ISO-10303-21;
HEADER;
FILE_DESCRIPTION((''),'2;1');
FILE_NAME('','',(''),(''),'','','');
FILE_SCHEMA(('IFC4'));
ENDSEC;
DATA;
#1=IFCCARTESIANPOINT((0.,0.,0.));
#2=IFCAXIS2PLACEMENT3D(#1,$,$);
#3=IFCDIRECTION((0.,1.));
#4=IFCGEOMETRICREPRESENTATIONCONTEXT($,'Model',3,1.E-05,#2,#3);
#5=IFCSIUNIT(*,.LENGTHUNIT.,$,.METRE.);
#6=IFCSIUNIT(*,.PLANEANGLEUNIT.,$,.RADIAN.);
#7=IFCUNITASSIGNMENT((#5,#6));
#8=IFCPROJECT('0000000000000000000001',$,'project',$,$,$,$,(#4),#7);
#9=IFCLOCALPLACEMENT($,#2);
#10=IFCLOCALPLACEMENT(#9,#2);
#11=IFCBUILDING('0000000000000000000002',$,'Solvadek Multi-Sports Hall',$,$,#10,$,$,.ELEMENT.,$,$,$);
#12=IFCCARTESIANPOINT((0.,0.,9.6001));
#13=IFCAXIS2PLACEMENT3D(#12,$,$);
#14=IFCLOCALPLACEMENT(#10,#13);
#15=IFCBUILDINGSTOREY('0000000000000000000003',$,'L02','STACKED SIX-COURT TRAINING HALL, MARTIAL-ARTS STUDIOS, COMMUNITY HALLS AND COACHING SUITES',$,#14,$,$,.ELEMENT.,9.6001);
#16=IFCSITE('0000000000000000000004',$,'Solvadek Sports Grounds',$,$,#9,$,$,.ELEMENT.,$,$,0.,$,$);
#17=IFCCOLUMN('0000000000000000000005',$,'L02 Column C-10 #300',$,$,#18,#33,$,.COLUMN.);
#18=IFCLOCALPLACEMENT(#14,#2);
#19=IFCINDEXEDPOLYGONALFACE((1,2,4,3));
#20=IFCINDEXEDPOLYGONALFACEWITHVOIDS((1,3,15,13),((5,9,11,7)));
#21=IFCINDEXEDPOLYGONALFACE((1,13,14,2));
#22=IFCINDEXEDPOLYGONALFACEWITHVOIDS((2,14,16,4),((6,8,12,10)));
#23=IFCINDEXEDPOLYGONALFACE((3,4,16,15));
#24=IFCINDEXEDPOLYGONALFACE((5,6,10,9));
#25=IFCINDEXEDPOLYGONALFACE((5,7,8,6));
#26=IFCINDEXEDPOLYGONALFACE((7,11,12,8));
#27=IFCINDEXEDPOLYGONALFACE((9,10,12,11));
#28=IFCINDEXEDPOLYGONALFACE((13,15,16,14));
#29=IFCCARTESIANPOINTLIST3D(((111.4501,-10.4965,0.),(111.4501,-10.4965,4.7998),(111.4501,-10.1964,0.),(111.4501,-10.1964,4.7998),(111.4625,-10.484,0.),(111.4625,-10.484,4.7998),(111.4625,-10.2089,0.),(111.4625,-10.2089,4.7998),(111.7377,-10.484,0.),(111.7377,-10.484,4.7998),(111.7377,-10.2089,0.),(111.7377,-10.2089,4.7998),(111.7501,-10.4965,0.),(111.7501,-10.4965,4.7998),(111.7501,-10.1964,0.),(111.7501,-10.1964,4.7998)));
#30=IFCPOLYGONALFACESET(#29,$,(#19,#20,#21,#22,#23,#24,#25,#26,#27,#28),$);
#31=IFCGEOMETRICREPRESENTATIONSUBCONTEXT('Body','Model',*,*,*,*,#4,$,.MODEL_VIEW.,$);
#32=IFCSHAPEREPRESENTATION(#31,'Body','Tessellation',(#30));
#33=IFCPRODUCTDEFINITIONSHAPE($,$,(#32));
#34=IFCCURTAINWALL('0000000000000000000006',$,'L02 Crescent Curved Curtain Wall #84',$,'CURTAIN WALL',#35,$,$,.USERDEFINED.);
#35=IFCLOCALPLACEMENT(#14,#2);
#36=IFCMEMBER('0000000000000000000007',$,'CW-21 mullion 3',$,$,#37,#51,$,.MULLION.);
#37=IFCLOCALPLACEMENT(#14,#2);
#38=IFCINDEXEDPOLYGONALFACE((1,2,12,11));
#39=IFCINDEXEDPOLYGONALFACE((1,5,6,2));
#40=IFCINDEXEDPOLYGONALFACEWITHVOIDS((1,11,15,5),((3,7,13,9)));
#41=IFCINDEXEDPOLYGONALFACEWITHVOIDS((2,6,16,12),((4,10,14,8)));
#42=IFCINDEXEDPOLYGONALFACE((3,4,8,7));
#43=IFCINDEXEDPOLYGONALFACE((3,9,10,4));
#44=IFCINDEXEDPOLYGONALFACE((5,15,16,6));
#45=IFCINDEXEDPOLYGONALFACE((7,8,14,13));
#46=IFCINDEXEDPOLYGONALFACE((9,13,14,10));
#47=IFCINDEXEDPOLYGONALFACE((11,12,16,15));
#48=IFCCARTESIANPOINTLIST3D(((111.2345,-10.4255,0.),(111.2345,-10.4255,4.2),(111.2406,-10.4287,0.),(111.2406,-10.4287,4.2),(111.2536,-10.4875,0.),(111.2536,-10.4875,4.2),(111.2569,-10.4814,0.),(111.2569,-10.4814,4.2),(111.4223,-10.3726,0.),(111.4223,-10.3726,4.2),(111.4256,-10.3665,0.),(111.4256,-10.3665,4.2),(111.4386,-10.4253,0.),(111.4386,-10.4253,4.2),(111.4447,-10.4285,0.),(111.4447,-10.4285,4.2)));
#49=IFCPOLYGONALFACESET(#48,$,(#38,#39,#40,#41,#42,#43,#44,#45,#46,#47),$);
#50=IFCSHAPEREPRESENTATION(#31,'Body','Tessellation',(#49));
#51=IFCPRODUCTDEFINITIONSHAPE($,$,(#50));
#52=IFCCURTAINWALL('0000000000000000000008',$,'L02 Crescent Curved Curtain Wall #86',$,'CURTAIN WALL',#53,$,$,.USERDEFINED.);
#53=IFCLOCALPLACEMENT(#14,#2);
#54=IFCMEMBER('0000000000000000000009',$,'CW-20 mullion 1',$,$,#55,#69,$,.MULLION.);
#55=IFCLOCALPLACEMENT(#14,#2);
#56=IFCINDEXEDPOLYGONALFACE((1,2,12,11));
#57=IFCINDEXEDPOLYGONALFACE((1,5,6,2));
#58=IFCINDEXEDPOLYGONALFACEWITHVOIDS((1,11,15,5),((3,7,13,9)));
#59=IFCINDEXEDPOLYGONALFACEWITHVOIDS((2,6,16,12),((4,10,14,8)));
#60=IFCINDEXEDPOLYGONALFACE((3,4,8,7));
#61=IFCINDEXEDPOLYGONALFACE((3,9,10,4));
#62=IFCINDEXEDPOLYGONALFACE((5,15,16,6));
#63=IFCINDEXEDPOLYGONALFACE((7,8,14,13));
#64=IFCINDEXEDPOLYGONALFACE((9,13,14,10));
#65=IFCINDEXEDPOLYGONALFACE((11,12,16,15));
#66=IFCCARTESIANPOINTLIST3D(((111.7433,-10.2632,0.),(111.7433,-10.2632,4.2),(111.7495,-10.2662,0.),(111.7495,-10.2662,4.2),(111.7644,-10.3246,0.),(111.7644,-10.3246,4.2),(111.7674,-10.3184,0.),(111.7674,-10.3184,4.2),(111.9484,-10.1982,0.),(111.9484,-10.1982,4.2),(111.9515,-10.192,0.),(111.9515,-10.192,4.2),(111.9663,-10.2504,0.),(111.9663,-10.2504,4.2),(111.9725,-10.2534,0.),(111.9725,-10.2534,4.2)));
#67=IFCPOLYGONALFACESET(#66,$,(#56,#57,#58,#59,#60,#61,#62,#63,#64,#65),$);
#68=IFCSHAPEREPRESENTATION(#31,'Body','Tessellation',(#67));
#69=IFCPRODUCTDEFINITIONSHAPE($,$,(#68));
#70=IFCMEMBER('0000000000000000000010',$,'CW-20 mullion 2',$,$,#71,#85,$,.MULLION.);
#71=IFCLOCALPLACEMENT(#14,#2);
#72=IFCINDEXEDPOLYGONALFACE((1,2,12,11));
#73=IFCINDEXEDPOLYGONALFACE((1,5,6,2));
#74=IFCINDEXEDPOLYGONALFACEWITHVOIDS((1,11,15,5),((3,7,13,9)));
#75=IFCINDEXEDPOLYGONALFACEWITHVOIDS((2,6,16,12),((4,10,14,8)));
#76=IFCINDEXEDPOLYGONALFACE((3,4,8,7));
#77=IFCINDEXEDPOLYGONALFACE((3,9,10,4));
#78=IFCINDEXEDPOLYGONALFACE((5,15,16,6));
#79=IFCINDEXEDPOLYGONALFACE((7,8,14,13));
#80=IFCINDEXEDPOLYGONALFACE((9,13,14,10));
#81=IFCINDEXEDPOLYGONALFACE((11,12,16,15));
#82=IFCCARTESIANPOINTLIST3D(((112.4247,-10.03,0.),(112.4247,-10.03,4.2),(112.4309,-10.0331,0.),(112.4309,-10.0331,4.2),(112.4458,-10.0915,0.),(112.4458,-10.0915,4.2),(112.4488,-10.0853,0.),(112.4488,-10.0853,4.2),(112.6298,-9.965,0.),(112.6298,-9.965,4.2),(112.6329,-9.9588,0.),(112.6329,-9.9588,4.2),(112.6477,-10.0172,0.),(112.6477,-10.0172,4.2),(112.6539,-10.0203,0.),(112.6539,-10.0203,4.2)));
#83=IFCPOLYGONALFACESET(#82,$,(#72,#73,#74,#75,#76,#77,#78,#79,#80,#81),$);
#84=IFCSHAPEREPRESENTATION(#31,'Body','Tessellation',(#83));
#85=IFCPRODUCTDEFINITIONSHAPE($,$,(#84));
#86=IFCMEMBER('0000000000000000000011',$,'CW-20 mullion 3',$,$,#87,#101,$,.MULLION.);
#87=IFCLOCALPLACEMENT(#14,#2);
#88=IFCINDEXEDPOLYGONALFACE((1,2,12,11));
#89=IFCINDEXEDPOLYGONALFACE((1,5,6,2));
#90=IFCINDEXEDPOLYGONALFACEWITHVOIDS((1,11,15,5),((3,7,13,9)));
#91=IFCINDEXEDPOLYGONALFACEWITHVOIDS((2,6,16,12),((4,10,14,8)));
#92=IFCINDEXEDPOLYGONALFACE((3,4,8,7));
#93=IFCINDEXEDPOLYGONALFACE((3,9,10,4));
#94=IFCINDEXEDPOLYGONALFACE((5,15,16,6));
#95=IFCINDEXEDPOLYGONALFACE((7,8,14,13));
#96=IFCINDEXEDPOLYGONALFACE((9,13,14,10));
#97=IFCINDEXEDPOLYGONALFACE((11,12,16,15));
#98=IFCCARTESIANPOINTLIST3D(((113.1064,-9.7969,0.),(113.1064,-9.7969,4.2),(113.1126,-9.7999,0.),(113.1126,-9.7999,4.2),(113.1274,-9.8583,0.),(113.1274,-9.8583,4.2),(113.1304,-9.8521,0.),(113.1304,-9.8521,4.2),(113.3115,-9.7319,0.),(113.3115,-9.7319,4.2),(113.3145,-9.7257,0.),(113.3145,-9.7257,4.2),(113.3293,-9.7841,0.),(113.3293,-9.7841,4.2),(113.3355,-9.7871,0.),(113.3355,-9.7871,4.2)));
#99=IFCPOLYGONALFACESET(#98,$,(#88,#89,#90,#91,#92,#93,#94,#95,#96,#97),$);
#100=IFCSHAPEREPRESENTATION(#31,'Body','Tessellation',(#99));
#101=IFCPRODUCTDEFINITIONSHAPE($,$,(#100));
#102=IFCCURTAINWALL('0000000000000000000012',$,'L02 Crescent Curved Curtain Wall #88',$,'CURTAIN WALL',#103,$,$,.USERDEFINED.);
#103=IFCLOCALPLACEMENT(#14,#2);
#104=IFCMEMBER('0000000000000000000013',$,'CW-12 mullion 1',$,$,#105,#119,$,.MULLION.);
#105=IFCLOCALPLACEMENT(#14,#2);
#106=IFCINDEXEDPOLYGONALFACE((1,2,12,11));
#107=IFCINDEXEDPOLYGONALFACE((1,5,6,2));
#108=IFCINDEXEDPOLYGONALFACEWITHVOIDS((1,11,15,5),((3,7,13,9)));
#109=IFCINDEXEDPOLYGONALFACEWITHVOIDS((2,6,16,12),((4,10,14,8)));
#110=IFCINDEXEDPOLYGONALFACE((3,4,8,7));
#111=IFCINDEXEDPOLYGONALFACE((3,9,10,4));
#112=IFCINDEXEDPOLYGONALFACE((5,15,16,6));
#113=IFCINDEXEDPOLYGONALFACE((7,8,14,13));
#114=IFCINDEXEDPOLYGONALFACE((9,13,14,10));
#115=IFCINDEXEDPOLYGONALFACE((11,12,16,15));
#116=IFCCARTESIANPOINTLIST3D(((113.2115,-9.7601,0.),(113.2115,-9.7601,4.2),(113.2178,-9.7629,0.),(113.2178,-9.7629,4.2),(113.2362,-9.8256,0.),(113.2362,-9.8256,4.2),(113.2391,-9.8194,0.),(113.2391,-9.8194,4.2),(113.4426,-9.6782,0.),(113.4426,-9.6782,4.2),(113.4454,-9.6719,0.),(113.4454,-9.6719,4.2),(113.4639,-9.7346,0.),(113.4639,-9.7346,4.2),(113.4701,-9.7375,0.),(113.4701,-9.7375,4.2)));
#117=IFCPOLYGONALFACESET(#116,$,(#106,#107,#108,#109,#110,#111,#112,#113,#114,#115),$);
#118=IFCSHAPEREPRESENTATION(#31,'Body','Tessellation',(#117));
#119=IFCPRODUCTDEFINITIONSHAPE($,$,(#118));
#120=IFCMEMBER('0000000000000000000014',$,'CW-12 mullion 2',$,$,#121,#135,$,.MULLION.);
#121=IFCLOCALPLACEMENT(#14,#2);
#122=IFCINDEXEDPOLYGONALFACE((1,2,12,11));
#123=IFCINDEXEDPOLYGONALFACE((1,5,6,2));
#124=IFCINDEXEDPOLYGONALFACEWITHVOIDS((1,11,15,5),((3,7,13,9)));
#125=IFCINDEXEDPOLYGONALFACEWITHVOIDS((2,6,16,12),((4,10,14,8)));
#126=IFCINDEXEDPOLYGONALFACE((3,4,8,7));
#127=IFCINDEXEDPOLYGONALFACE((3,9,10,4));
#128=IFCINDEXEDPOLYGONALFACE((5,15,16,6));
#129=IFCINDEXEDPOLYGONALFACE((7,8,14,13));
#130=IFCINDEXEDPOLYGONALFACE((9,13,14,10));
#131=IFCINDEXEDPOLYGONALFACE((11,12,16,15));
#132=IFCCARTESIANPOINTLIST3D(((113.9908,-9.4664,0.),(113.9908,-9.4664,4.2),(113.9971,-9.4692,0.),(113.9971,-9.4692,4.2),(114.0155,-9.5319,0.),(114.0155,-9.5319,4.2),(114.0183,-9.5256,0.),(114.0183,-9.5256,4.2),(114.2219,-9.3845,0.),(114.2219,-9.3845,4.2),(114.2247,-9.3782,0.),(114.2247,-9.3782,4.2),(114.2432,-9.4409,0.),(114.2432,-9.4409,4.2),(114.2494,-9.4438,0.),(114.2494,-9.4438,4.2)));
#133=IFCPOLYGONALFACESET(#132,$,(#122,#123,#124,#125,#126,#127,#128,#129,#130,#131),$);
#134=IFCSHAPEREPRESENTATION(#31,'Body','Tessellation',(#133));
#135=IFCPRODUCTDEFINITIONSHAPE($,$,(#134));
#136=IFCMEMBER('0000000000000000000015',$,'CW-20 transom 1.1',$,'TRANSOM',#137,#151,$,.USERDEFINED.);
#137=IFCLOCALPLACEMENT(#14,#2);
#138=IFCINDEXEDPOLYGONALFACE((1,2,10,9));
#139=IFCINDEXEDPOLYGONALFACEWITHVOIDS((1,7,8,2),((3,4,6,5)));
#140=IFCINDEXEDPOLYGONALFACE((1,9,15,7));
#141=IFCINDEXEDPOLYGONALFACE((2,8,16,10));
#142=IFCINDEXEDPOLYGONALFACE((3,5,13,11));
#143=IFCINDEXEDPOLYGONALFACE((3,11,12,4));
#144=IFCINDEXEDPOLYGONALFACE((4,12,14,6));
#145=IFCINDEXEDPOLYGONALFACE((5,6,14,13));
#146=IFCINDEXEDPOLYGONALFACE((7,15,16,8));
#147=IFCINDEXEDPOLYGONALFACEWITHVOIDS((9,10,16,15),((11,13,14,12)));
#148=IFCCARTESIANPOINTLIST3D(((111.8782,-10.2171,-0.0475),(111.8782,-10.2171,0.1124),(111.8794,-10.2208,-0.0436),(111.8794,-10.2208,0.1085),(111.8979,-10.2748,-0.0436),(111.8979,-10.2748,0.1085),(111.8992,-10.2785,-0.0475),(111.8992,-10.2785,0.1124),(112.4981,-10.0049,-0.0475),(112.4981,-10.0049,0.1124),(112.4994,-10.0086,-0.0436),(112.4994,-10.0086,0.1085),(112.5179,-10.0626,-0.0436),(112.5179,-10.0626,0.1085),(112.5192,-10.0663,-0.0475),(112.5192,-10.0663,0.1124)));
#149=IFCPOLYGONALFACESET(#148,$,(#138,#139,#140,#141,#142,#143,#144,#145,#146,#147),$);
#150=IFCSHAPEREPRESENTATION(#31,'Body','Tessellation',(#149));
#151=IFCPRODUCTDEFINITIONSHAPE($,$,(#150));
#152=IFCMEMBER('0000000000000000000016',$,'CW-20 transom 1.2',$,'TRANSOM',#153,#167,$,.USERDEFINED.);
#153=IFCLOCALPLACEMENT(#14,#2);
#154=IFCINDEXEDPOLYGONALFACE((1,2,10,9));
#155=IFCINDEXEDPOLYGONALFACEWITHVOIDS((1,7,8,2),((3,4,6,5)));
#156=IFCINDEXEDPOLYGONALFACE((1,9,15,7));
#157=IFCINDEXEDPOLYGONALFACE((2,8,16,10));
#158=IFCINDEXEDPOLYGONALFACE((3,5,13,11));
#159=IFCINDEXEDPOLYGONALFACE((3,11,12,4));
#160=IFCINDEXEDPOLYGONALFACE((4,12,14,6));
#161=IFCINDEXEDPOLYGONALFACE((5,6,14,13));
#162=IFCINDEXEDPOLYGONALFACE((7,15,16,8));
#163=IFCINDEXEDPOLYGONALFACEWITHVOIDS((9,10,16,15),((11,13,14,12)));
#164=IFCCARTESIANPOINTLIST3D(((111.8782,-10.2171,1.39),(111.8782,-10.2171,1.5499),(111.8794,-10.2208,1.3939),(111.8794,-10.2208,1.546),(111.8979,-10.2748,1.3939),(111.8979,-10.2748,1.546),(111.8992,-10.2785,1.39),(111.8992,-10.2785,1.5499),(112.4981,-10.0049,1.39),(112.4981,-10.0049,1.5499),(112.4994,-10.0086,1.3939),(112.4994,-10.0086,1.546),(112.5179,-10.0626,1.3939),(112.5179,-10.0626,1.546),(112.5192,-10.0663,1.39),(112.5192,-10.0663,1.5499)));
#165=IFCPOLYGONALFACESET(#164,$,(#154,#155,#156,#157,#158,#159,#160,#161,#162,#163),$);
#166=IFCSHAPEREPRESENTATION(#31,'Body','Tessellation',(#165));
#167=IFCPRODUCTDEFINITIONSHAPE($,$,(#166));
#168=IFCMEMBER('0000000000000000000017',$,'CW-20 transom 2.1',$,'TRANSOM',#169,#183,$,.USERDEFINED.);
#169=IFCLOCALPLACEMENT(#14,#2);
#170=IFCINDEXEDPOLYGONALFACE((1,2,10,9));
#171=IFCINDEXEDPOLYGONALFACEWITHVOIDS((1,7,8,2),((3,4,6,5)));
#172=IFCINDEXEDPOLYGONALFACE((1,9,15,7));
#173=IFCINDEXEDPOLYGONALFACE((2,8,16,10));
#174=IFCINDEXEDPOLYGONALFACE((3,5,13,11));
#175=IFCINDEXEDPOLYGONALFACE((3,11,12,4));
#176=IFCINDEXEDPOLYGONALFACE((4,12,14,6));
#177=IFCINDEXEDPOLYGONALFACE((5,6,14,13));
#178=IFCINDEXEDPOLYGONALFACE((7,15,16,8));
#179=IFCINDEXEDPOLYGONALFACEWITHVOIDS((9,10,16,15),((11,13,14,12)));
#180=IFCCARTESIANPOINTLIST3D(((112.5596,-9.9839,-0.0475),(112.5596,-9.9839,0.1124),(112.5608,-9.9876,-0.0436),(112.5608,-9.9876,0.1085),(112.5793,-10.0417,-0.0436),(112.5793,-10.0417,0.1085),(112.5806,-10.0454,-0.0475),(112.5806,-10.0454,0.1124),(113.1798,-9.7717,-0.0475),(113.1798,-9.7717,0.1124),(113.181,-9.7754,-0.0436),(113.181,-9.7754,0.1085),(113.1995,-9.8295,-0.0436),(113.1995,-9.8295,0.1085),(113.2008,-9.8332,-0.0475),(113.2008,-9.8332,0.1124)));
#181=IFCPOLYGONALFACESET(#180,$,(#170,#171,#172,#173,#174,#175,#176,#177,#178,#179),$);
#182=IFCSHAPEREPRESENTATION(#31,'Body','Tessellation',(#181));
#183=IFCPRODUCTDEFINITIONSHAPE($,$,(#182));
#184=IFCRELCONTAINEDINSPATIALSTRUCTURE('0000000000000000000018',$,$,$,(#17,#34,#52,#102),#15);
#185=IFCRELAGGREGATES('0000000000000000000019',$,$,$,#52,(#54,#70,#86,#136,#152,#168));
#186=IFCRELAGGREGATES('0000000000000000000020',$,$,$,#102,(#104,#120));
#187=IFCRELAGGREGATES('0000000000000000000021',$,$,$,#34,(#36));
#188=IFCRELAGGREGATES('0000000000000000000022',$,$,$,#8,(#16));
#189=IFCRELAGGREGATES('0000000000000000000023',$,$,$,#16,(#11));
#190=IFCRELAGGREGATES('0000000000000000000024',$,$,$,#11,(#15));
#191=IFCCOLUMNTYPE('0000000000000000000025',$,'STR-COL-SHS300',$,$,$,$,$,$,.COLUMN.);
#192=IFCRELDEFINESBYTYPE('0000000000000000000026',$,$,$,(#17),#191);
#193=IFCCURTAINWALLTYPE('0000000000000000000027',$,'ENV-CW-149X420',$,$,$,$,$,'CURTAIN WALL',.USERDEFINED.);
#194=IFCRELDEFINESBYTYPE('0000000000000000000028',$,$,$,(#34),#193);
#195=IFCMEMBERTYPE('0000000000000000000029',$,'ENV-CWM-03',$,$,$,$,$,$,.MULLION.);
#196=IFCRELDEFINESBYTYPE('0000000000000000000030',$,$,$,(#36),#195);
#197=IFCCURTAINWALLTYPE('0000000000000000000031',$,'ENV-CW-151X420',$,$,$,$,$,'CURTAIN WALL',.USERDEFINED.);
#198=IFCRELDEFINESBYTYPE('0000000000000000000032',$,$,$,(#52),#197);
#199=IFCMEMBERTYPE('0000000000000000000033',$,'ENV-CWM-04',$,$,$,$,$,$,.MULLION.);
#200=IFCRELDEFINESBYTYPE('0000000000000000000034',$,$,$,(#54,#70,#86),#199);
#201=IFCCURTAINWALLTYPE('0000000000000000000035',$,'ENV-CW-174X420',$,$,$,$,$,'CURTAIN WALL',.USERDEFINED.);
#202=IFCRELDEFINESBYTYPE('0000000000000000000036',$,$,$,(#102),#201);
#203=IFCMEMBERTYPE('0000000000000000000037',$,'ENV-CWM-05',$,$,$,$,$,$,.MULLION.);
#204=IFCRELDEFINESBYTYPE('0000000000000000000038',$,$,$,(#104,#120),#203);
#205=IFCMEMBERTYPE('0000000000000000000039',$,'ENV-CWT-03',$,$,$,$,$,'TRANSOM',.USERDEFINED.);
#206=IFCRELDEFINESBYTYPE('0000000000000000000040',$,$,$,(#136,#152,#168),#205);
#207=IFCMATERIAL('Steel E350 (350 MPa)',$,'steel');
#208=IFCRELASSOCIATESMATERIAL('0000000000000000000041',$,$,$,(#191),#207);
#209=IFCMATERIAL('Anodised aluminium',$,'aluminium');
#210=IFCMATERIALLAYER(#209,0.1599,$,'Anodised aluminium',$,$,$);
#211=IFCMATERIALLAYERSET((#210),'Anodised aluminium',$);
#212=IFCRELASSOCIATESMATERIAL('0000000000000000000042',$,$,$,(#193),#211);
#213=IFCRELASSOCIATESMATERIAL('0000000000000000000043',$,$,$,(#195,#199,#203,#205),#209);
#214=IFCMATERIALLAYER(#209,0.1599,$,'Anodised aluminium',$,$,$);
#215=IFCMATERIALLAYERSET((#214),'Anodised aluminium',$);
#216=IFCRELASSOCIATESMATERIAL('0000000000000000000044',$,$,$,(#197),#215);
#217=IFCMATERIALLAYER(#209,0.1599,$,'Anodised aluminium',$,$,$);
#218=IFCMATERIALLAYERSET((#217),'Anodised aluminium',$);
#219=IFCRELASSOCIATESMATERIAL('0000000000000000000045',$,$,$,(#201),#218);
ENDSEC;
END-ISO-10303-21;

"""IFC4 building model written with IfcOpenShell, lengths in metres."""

from ifc_helpers import new_model, si_unit, direction, frame, origin, origin_2d, place, context, subcontext, project, spatial, hollow_rectangle, extrude, material, layer, layer_set, material_profile, profile_set, type_object, element, aggregate, save


model = new_model("IFC4")

# Units and contexts
model_context = context("Model", 3, precision=1e-05, world=origin(), true_north=direction((0.0, 1.0)))
body_context = subcontext(model_context, "Body", "Model", "MODEL_VIEW")
ifc_project = project(units=[si_unit("LENGTHUNIT", "METRE"), si_unit("PLANEANGLEUNIT", "RADIAN")], contexts=[model_context])

# Site, building, storey
site_placement = place(None, origin())
site = spatial("IfcSite", under=ifc_project, at=site_placement, Name="Solvadek Sports Grounds", CompositionType="ELEMENT", RefElevation=0.0)
building_placement = place(site_placement, origin())
building = spatial("IfcBuilding", under=site, at=building_placement, Name="Solvadek Multi-Sports Hall", CompositionType="ELEMENT")
storey_placement = place(building_placement, frame((0.0, 0.0, 9.6001)))
storey = spatial("IfcBuildingStorey", under=building, at=storey_placement, Name="L02", Description="STACKED SIX-COURT TRAINING HALL, MARTIAL-ARTS STUDIOS, COMMUNITY HALLS AND COACHING SUITES", CompositionType="ELEMENT", Elevation=9.6001)

# Column
ifc_material_1 = material(Name="Steel E350 (350 MPa)", Category="steel")
ifc_material_profile_1 = material_profile(ifc_material_1, hollow_rectangle(XDim=0.3, YDim=0.3, WallThickness=0.0125, at=origin_2d()), Name="SHS 300x300x12.5")
ifc_profile_set_1 = profile_set([ifc_material_profile_1], Name="Steel E350 (350 MPa)")
column_type = type_object("IfcColumnType", Name="STR-COL-SHS300", PredefinedType="COLUMN", material=ifc_profile_set_1)
column_placement = place(storey_placement, frame((111.6001, -10.3464, 0.0), z_axis=(0.0, 0.0, 1.0), x_axis=(1.0, 0.0, 0.0)))
element("IfcColumn", 1, at=column_placement, inside=storey, type_object=column_type, Name="L02 Column C-10 #300", PredefinedType="COLUMN", context=body_context, shape_type="SweptSolid", body=[
    extrude(hollow_rectangle(XDim=0.3, YDim=0.3, WallThickness=0.0125, at=origin_2d()), origin(), (0.0, 0.0, 1.0), 4.7998),
])

# Curtain wall, member
ifc_material_2 = material(Name="Anodised aluminium", Category="aluminium")
ifc_layer_1 = layer(ifc_material_2, 0.1599, Name="Anodised aluminium")
ifc_layer_set_1 = layer_set([ifc_layer_1], Name="Anodised aluminium")
curtain_wall_type_1 = type_object("IfcCurtainWallType", Name="ENV-CW-149X420", ElementType="CURTAIN WALL", PredefinedType="USERDEFINED", material=ifc_layer_set_1)
curtain_wall_1_placement = place(storey_placement, origin())
curtain_wall_1 = element("IfcCurtainWall", 2, at=curtain_wall_1_placement, inside=storey, type_object=curtain_wall_type_1, Name="L02 Crescent Curved Curtain Wall #84", ObjectType="CURTAIN WALL", PredefinedType="USERDEFINED")
ifc_material_profile_2 = material_profile(ifc_material_2, hollow_rectangle(XDim=0.0649, YDim=0.2, WallThickness=0.0049, at=origin_2d()), Name="ALU-M 200x65x5")
ifc_profile_set_2 = profile_set([ifc_material_profile_2], Name="Anodised aluminium")
member_type_1 = type_object("IfcMemberType", Name="ENV-CWM-03", PredefinedType="MULLION", material=ifc_profile_set_2)
member_1_placement = place(storey_placement, frame((111.3396, -10.427, 0.0), z_axis=(0.0, 0.0, 1.0), x_axis=(-0.294922, 0.955521, 0.0)))
member_1 = element("IfcMember", 3, at=member_1_placement, type_object=member_type_1, Name="CW-21 mullion 3", PredefinedType="MULLION", context=body_context, shape_type="SweptSolid", body=[
    extrude(hollow_rectangle(XDim=0.0649, YDim=0.2, WallThickness=0.0049, at=origin_2d()), origin(), (0.0, 0.0, 1.0), 4.2),
])

# Curtain walls, members
ifc_layer_2 = layer(ifc_material_2, 0.1599, Name="Anodised aluminium")
ifc_layer_set_2 = layer_set([ifc_layer_2], Name="Anodised aluminium")
curtain_wall_type_2 = type_object("IfcCurtainWallType", Name="ENV-CW-151X420", ElementType="CURTAIN WALL", PredefinedType="USERDEFINED", material=ifc_layer_set_2)
curtain_wall_2_placement = place(storey_placement, origin())
curtain_wall_2 = element("IfcCurtainWall", 4, at=curtain_wall_2_placement, inside=storey, type_object=curtain_wall_type_2, Name="L02 Crescent Curved Curtain Wall #86", ObjectType="CURTAIN WALL", PredefinedType="USERDEFINED")
ifc_material_profile_3 = material_profile(ifc_material_2, hollow_rectangle(XDim=0.0649, YDim=0.22, WallThickness=0.0049, at=origin_2d()), Name="ALU-M 220x65x5")
ifc_profile_set_3 = profile_set([ifc_material_profile_3], Name="Anodised aluminium")
member_type_2 = type_object("IfcMemberType", Name="ENV-CWM-04", PredefinedType="MULLION", material=ifc_profile_set_3)
member_2_placement = place(storey_placement, frame((111.8579, -10.2583, 0.0), z_axis=(0.0, 0.0, 1.0), x_axis=(-0.32373, 0.94615, 0.0)))
member_2 = element("IfcMember", 5, at=member_2_placement, type_object=member_type_2, Name="CW-20 mullion 1", PredefinedType="MULLION", context=body_context, shape_type="SweptSolid", body=[
    extrude(hollow_rectangle(XDim=0.0649, YDim=0.22, WallThickness=0.0049, at=origin_2d()), origin(), (0.0, 0.0, 1.0), 4.2),
])
member_3_placement = place(storey_placement, frame((112.5393, -10.0251, 0.0), z_axis=(0.0, 0.0, 1.0), x_axis=(-0.32373, 0.94615, 0.0)))
member_3 = element("IfcMember", 6, at=member_3_placement, type_object=member_type_2, Name="CW-20 mullion 2", PredefinedType="MULLION", context=body_context, shape_type="SweptSolid", body=[
    extrude(hollow_rectangle(XDim=0.0649, YDim=0.22, WallThickness=0.0049, at=origin_2d()), origin(), (0.0, 0.0, 1.0), 4.2),
])
member_4_placement = place(storey_placement, frame((113.2209, -9.792, 0.0), z_axis=(0.0, 0.0, 1.0), x_axis=(-0.32373, 0.94615, 0.0)))
member_4 = element("IfcMember", 7, at=member_4_placement, type_object=member_type_2, Name="CW-20 mullion 3", PredefinedType="MULLION", context=body_context, shape_type="SweptSolid", body=[
    extrude(hollow_rectangle(XDim=0.0649, YDim=0.22, WallThickness=0.0049, at=origin_2d()), origin(), (0.0, 0.0, 1.0), 4.2),
])
ifc_layer_3 = layer(ifc_material_2, 0.1599, Name="Anodised aluminium")
ifc_layer_set_3 = layer_set([ifc_layer_3], Name="Anodised aluminium")
curtain_wall_type_3 = type_object("IfcCurtainWallType", Name="ENV-CW-174X420", ElementType="CURTAIN WALL", PredefinedType="USERDEFINED", material=ifc_layer_set_3)
curtain_wall_3_placement = place(storey_placement, origin())
curtain_wall_3 = element("IfcCurtainWall", 8, at=curtain_wall_3_placement, inside=storey, type_object=curtain_wall_type_3, Name="L02 Crescent Curved Curtain Wall #88", ObjectType="CURTAIN WALL", PredefinedType="USERDEFINED")
ifc_material_profile_4 = material_profile(ifc_material_2, hollow_rectangle(XDim=0.0701, YDim=0.25, WallThickness=0.0049, at=origin_2d()), Name="ALU-M 250x70x5")
ifc_profile_set_4 = profile_set([ifc_material_profile_4], Name="Anodised aluminium")
member_type_3 = type_object("IfcMemberType", Name="ENV-CWM-05", PredefinedType="MULLION", material=ifc_profile_set_4)
member_5_placement = place(storey_placement, frame((113.3408, -9.7488, 0.0), z_axis=(0.0, 0.0, 1.0), x_axis=(-0.352626, 0.935764, 0.0)))
member_5 = element("IfcMember", 9, at=member_5_placement, type_object=member_type_3, Name="CW-12 mullion 1", PredefinedType="MULLION", context=body_context, shape_type="SweptSolid", body=[
    extrude(hollow_rectangle(XDim=0.0701, YDim=0.25, WallThickness=0.0049, at=origin_2d()), origin(), (0.0, 0.0, 1.0), 4.2),
])
member_6_placement = place(storey_placement, frame((114.1201, -9.4551, 0.0), z_axis=(0.0, 0.0, 1.0), x_axis=(-0.352626, 0.935764, 0.0)))
member_6 = element("IfcMember", 10, at=member_6_placement, type_object=member_type_3, Name="CW-12 mullion 2", PredefinedType="MULLION", context=body_context, shape_type="SweptSolid", body=[
    extrude(hollow_rectangle(XDim=0.0701, YDim=0.25, WallThickness=0.0049, at=origin_2d()), origin(), (0.0, 0.0, 1.0), 4.2),
])

# Members
ifc_material_profile_5 = material_profile(ifc_material_2, hollow_rectangle(XDim=0.0649, YDim=0.1599, WallThickness=0.0039, at=origin_2d()), Name="ALU-T 160x65x4")
ifc_profile_set_5 = profile_set([ifc_material_profile_5], Name="Anodised aluminium")
member_type_4 = type_object("IfcMemberType", Name="ENV-CWT-03", ElementType="TRANSOM", PredefinedType="USERDEFINED", material=ifc_profile_set_5)
member_7_placement = place(storey_placement, frame((111.8887, -10.2478, 0.0325), z_axis=(0.946119, 0.323819, 0.0), x_axis=(-0.323819, 0.946119, 0.0)))
member_7 = element("IfcMember", 11, at=member_7_placement, type_object=member_type_4, Name="CW-20 transom 1.1", ObjectType="TRANSOM", PredefinedType="USERDEFINED", context=body_context, shape_type="SweptSolid", body=[
    extrude(hollow_rectangle(XDim=0.0649, YDim=0.1599, WallThickness=0.0039, at=origin_2d()), origin(), (0.0, 0.0, 1.0), 0.6553),
])
member_8_placement = place(storey_placement, frame((111.8887, -10.2478, 1.47), z_axis=(0.946119, 0.323819, 0.0), x_axis=(-0.323819, 0.946119, 0.0)))
member_8 = element("IfcMember", 12, at=member_8_placement, type_object=member_type_4, Name="CW-20 transom 1.2", ObjectType="TRANSOM", PredefinedType="USERDEFINED", context=body_context, shape_type="SweptSolid", body=[
    extrude(hollow_rectangle(XDim=0.0649, YDim=0.1599, WallThickness=0.0039, at=origin_2d()), origin(), (0.0, 0.0, 1.0), 0.6553),
])
member_9_placement = place(storey_placement, frame((112.5701, -10.0146, 0.0325), z_axis=(0.946158, 0.323705, 0.0), x_axis=(-0.323705, 0.946158, 0.0)))
member_9 = element("IfcMember", 13, at=member_9_placement, type_object=member_type_4, Name="CW-20 transom 2.1", ObjectType="TRANSOM", PredefinedType="USERDEFINED", context=body_context, shape_type="SweptSolid", body=[
    extrude(hollow_rectangle(XDim=0.0649, YDim=0.1599, WallThickness=0.0039, at=origin_2d()), origin(), (0.0, 0.0, 1.0), 0.6555),
])

aggregate(curtain_wall_2, [member_2, member_3, member_4, member_7, member_8, member_9])
aggregate(curtain_wall_3, [member_5, member_6])
aggregate(curtain_wall_1, [member_1])

save(model, "model.ifc")
